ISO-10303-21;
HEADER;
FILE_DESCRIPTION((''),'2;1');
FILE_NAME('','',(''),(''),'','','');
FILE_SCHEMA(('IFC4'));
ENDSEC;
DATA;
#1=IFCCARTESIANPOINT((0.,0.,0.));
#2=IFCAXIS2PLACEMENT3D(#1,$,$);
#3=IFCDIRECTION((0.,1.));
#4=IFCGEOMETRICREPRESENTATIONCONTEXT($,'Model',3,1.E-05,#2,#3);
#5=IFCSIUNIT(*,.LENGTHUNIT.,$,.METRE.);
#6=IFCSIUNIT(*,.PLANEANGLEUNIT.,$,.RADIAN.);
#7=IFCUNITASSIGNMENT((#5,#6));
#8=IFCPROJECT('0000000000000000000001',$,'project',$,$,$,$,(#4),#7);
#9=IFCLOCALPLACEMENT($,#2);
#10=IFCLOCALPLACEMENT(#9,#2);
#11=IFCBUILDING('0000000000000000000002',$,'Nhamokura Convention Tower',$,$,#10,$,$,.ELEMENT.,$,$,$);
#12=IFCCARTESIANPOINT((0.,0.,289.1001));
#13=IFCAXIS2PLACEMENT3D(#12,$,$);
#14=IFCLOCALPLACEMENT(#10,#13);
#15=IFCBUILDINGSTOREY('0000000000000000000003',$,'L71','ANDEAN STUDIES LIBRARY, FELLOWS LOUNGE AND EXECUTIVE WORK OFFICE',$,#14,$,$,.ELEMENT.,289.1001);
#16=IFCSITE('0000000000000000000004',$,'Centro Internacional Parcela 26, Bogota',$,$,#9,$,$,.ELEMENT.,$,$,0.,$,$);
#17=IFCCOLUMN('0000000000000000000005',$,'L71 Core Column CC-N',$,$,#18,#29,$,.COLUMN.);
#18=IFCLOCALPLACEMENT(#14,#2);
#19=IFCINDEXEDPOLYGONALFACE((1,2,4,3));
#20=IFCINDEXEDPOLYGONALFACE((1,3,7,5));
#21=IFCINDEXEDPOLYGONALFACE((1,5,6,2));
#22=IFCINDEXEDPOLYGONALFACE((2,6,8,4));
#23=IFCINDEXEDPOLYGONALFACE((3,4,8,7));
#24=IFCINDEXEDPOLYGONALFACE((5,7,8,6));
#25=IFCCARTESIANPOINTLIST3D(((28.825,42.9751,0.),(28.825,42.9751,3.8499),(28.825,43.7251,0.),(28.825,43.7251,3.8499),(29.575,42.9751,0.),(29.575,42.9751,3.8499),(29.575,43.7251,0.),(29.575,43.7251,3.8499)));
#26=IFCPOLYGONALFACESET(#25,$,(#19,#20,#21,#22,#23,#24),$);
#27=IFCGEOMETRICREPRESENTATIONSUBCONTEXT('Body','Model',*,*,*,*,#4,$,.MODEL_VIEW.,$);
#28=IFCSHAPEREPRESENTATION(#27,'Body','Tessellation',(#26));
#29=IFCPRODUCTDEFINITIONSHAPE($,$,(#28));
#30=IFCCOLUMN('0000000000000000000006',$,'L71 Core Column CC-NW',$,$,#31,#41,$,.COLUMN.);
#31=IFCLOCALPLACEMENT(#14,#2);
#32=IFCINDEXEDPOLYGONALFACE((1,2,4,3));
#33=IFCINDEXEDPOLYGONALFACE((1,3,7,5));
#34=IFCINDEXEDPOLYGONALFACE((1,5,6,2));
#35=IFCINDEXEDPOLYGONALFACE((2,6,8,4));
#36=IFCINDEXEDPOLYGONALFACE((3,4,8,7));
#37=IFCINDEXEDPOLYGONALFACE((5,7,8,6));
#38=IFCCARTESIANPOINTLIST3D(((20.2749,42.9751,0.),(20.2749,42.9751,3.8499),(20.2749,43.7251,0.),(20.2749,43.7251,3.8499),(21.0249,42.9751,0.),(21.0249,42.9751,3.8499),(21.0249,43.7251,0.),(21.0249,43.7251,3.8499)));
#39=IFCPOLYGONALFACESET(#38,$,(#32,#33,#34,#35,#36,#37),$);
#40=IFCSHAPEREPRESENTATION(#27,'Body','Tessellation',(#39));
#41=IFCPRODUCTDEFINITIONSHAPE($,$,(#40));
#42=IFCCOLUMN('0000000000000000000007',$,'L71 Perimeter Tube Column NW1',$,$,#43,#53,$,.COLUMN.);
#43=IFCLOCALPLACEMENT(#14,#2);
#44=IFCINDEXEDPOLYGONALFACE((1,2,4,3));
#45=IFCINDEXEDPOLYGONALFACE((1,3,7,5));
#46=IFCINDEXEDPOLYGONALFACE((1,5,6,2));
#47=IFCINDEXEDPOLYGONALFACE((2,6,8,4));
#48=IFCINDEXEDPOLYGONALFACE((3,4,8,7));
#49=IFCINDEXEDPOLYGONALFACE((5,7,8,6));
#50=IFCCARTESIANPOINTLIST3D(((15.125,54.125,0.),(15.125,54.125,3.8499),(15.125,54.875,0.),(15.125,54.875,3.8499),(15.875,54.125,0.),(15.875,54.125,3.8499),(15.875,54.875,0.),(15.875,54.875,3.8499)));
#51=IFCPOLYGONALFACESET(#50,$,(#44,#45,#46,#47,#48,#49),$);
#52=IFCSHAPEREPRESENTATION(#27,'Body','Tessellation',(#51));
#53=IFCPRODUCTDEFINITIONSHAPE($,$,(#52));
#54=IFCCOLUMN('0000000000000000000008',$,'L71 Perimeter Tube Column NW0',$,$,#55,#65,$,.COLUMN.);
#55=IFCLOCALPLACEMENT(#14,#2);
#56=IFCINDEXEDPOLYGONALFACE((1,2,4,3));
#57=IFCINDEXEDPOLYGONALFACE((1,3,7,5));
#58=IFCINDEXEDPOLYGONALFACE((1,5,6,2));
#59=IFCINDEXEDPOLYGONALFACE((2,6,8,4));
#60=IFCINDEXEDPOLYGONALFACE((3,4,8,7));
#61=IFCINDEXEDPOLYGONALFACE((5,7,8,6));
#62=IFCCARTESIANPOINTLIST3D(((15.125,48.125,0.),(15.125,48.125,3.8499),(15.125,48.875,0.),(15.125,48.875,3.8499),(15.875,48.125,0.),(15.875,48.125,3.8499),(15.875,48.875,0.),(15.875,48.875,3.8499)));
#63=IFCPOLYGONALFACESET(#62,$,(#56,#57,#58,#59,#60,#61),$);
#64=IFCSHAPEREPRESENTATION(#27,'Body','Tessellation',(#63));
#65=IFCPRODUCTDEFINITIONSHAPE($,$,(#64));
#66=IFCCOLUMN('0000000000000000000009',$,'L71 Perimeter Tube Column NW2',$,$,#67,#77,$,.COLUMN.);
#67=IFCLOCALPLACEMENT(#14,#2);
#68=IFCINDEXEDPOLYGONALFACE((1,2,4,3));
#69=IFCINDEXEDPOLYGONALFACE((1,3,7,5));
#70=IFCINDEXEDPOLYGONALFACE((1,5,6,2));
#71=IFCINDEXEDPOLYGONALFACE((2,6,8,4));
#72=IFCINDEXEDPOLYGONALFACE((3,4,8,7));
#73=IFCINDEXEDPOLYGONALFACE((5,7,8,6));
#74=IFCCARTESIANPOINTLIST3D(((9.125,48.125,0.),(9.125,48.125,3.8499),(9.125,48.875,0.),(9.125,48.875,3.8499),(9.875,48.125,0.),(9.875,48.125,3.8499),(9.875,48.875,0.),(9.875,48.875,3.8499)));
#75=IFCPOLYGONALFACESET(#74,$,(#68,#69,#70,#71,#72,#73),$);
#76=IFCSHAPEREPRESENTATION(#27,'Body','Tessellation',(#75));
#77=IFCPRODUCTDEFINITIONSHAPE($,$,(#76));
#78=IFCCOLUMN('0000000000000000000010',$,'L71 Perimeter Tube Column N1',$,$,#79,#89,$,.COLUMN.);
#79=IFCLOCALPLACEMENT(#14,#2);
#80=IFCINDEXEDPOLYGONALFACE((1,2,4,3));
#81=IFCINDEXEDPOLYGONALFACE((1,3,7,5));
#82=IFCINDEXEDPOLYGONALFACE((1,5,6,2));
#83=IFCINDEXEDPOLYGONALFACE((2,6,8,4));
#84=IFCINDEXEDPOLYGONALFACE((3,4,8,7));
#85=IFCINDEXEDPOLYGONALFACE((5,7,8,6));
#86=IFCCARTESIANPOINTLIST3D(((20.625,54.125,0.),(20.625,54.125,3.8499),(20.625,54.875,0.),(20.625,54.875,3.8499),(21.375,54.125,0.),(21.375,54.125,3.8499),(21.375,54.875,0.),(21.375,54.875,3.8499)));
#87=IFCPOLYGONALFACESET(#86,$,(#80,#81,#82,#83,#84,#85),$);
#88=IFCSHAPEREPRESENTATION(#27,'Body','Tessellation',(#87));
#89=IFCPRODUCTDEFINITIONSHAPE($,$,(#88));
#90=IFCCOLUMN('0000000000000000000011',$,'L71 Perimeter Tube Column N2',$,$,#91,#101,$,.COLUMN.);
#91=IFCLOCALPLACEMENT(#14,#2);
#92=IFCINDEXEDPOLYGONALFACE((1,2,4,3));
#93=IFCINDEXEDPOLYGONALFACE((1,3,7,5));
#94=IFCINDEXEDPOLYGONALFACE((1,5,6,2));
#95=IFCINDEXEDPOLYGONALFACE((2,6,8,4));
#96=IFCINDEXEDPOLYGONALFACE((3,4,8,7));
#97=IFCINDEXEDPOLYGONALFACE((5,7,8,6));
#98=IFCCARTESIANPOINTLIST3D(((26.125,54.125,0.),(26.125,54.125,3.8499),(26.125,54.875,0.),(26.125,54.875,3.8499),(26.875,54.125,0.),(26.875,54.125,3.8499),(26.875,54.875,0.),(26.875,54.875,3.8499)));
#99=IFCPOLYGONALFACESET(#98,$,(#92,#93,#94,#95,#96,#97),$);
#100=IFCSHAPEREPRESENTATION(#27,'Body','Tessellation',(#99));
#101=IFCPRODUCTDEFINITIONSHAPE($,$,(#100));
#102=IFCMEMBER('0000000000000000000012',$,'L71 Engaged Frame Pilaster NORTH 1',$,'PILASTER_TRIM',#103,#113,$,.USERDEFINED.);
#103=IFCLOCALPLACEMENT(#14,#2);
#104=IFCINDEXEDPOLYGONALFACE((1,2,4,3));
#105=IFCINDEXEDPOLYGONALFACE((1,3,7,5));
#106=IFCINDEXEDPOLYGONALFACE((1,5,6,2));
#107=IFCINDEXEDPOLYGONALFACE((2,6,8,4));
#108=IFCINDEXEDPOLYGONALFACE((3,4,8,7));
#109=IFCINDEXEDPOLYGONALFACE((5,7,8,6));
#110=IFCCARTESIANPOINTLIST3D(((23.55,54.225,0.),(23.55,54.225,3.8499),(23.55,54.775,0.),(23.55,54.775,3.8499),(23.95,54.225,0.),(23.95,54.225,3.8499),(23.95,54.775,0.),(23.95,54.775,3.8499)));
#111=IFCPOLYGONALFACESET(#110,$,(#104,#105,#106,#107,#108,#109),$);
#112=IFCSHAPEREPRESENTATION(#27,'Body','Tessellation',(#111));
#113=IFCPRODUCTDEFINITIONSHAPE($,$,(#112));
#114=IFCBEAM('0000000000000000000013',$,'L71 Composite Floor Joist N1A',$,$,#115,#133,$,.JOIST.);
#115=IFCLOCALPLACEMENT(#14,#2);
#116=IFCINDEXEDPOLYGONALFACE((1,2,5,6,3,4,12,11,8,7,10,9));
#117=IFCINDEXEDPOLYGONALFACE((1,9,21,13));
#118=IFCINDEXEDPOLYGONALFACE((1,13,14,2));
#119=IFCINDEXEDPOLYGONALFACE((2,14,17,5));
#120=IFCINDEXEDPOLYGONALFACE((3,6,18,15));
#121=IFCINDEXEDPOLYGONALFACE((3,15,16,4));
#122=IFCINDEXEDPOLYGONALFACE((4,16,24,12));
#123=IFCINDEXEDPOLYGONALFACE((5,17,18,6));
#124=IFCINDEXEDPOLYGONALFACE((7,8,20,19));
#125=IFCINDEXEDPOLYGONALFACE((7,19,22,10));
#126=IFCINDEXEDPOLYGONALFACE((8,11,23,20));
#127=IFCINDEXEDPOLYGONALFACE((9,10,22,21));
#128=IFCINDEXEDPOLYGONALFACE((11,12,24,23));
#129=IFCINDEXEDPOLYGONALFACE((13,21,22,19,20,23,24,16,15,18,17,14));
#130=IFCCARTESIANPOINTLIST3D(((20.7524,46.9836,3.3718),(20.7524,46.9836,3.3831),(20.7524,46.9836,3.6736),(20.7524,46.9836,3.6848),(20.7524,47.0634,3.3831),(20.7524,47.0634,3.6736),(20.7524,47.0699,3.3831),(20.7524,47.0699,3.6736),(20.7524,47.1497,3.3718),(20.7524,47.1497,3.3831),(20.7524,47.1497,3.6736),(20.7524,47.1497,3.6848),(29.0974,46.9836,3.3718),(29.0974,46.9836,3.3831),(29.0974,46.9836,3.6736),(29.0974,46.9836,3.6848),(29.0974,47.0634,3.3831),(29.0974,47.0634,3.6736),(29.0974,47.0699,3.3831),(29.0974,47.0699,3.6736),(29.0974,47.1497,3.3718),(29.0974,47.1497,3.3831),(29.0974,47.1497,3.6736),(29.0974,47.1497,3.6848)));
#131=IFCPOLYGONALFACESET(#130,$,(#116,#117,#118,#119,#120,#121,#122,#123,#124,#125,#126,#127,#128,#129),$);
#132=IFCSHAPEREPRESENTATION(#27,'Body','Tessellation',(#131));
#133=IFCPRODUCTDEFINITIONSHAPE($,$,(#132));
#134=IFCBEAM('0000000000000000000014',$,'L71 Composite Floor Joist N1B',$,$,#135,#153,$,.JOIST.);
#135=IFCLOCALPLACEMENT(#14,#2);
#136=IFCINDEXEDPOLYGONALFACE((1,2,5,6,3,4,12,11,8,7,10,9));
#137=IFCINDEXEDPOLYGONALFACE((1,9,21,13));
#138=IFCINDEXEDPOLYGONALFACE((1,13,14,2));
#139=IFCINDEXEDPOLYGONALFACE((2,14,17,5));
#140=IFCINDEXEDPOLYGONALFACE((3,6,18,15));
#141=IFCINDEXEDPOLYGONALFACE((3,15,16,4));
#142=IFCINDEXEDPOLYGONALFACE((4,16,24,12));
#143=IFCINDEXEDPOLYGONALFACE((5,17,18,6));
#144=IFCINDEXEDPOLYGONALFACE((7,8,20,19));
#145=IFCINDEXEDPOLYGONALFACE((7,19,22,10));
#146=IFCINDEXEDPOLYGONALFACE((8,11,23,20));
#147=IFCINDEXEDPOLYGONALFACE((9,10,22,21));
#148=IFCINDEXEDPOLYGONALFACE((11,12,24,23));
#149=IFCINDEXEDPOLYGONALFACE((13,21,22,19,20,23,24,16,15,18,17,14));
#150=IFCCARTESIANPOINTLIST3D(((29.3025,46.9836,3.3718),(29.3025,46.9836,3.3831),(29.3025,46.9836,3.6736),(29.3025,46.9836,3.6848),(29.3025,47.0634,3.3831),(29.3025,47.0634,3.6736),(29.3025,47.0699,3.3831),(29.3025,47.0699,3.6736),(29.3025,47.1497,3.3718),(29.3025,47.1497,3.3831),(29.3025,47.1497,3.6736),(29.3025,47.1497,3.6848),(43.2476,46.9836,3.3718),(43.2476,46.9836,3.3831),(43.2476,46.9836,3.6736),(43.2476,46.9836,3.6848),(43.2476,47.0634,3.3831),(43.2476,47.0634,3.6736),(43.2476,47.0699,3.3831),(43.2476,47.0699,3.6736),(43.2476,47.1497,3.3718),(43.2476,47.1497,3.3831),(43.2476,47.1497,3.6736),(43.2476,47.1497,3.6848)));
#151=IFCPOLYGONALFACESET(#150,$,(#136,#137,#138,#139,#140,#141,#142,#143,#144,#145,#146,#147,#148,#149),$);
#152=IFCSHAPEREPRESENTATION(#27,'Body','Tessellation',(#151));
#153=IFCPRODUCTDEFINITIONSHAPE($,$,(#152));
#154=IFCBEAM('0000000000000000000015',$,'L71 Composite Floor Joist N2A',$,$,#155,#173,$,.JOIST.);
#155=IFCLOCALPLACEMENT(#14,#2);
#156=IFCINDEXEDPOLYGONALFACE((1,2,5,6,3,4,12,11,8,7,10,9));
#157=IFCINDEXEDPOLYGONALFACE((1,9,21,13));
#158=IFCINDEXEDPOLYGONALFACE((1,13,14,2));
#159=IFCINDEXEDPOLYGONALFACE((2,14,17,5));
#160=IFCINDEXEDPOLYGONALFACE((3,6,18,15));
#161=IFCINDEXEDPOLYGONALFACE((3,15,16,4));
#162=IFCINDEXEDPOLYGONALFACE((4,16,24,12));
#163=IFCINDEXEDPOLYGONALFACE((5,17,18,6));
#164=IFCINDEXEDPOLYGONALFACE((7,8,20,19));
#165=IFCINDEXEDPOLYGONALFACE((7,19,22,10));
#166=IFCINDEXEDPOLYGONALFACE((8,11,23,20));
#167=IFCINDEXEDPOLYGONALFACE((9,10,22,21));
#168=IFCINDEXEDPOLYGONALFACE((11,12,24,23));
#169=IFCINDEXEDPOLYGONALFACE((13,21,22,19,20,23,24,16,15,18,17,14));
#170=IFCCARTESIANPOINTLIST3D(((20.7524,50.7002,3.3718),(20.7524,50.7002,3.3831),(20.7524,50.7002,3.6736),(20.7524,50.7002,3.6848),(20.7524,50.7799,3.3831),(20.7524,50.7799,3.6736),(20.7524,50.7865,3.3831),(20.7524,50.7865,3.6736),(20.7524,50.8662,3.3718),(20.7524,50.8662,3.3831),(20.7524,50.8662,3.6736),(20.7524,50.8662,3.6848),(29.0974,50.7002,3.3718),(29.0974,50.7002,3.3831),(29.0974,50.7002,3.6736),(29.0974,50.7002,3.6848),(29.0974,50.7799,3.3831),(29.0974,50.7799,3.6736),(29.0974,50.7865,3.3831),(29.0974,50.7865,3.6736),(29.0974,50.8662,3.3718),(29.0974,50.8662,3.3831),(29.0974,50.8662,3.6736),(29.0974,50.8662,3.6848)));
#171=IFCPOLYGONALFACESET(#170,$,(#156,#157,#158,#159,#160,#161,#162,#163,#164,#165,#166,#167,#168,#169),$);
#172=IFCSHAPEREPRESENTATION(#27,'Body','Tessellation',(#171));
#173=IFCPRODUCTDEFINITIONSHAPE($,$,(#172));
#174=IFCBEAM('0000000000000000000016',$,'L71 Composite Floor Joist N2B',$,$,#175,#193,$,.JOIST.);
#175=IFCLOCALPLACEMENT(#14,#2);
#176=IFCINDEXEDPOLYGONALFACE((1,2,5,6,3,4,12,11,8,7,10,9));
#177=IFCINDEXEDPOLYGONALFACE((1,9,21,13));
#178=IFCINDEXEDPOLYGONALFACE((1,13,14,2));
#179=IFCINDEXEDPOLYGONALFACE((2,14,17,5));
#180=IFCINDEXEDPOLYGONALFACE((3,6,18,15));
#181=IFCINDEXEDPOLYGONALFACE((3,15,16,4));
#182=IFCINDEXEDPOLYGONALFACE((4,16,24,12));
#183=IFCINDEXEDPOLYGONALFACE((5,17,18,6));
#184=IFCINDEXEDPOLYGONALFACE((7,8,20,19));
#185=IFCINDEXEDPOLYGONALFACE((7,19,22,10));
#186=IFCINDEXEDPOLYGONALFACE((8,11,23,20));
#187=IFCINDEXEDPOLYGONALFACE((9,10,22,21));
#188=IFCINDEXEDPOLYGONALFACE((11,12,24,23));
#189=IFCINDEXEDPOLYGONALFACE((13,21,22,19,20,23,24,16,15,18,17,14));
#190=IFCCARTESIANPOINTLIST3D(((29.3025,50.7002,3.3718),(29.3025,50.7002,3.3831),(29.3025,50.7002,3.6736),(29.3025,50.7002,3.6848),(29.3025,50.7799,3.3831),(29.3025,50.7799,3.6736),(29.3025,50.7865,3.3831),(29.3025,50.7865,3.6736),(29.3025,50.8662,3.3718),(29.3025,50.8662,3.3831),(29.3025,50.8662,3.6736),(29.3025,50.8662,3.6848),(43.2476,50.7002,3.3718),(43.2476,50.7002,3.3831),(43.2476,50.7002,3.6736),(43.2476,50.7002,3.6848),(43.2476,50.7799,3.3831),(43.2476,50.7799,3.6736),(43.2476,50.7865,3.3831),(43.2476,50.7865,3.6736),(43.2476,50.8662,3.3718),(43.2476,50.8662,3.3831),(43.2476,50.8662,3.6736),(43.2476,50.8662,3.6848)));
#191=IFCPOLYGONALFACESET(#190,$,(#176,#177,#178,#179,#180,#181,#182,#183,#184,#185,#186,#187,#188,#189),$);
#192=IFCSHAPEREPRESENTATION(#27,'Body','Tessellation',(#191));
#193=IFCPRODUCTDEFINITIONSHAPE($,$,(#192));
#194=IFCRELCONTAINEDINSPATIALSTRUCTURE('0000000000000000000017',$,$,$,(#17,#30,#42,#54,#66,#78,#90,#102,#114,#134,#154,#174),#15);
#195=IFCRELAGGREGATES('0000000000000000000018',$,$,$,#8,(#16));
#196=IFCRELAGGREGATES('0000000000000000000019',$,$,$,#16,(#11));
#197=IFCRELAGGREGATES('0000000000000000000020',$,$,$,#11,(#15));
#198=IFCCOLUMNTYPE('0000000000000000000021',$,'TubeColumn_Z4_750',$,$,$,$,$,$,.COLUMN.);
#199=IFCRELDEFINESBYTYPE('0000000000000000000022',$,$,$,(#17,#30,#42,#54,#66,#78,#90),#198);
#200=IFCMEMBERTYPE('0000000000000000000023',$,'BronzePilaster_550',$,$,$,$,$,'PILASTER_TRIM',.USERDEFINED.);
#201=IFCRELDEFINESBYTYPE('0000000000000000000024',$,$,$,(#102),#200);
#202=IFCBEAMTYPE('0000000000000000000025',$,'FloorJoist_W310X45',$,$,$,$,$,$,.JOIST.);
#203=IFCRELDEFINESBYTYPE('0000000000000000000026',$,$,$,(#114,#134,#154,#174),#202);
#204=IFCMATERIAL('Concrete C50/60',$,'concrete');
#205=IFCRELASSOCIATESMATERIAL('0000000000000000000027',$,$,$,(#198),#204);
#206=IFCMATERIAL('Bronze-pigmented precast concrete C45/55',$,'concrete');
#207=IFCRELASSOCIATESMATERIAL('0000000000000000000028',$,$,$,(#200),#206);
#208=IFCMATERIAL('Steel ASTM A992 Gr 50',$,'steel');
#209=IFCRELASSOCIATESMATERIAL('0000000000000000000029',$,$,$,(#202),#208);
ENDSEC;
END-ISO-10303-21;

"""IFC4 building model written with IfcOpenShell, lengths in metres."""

from ifc_helpers import new_model, si_unit, direction, frame, origin, origin_2d, place, context, subcontext, project, spatial, rectangle, i_section, extrude, material, material_profile, profile_set, type_object, element, save


model = new_model("IFC4")

# Units and contexts
model_context = context("Model", 3, precision=1e-05, world=origin(), true_north=direction((0.0, 1.0)))
body_context = subcontext(model_context, "Body", "Model", "MODEL_VIEW")
ifc_project = project(units=[si_unit("LENGTHUNIT", "METRE"), si_unit("PLANEANGLEUNIT", "RADIAN")], contexts=[model_context])

# Site, building, storey
site_placement = place(None, origin())
site = spatial("IfcSite", under=ifc_project, at=site_placement, Name="Centro Internacional Parcela 26, Bogota", CompositionType="ELEMENT", RefElevation=0.0)
building_placement = place(site_placement, origin())
building = spatial("IfcBuilding", under=site, at=building_placement, Name="Nhamokura Convention Tower", CompositionType="ELEMENT")
storey_placement = place(building_placement, frame((0.0, 0.0, 289.1001)))
storey = spatial("IfcBuildingStorey", under=building, at=storey_placement, Name="L71", Description="ANDEAN STUDIES LIBRARY, FELLOWS LOUNGE AND EXECUTIVE WORK OFFICE", CompositionType="ELEMENT", Elevation=289.1001)

# Columns
ifc_material_1 = material(Name="Concrete C50/60", Category="concrete")
ifc_material_profile_1 = material_profile(ifc_material_1, rectangle(XDim=0.75, YDim=0.75, at=origin_2d()))
ifc_profile_set_1 = profile_set([ifc_material_profile_1], Name="Concrete C50/60")
column_type = type_object("IfcColumnType", Name="TubeColumn_Z4_750", PredefinedType="COLUMN", material=ifc_profile_set_1)
for number, where, z_axis, x_axis, name in (
    (1, (29.2, 43.3501, 0.0), (0.0, 0.0, 1.0), (1.0, 0.0, 0.0), "L71 Core Column CC-N"),
    (2, (20.6499, 43.3501, 0.0), (0.0, 0.0, 1.0), (1.0, 0.0, 0.0), "L71 Core Column CC-NW"),
    (3, (15.5, 54.5, 0.0), (0.0, 0.0, 1.0), (1.0, 0.0, 0.0), "L71 Perimeter Tube Column NW1"),
    (4, (15.5, 48.5, 0.0), (0.0, 0.0, 1.0), (1.0, 0.0, 0.0), "L71 Perimeter Tube Column NW0"),
    (5, (9.5, 48.5, 0.0), (0.0, 0.0, 1.0), (1.0, 0.0, 0.0), "L71 Perimeter Tube Column NW2"),
    (6, (21.0, 54.5, 0.0), (0.0, 0.0, 1.0), (1.0, 0.0, 0.0), "L71 Perimeter Tube Column N1"),
    (7, (26.5, 54.5, 0.0), (0.0, 0.0, 1.0), (1.0, 0.0, 0.0), "L71 Perimeter Tube Column N2"),
):
    element("IfcColumn", number, at=place(storey_placement, frame(where, z_axis=z_axis, x_axis=x_axis)), inside=storey, type_object=column_type, Name=name, PredefinedType="COLUMN", context=body_context, shape_type="SweptSolid", body=[
        extrude(rectangle(XDim=0.75, YDim=0.75, at=origin_2d()), origin(), (0.0, 0.0, 1.0), 3.8499),
    ])

# Member
ifc_material_2 = material(Name="Bronze-pigmented precast concrete C45/55", Category="concrete")
ifc_material_profile_2 = material_profile(ifc_material_2, rectangle(XDim=0.3999, YDim=0.55, at=origin_2d()))
ifc_profile_set_2 = profile_set([ifc_material_profile_2], Name="Bronze-pigmented precast concrete C45/55")
member_type_1 = type_object("IfcMemberType", Name="BronzePilaster_550", ElementType="PILASTER_TRIM", PredefinedType="USERDEFINED", material=ifc_profile_set_2)
member_1_placement = place(storey_placement, frame((23.75, 54.5, 0.0), z_axis=(0.0, 0.0, 1.0), x_axis=(1.0, 0.0, 0.0)))
element("IfcMember", 8, at=member_1_placement, inside=storey, type_object=member_type_1, Name="L71 Engaged Frame Pilaster NORTH 1", ObjectType="PILASTER_TRIM", PredefinedType="USERDEFINED", context=body_context, shape_type="SweptSolid", body=[
    extrude(rectangle(XDim=0.3999, YDim=0.55, at=origin_2d()), origin(), (0.0, 0.0, 1.0), 3.8499),
])

# Beams
ifc_material_3 = material(Name="Steel ASTM A992 Gr 50", Category="steel")
ifc_material_profile_3 = material_profile(ifc_material_3, i_section(OverallWidth=0.166, OverallDepth=0.313, WebThickness=0.0066, FlangeThickness=0.0112, at=origin_2d()))
ifc_profile_set_3 = profile_set([ifc_material_profile_3], Name="Steel ASTM A992 Gr 50")
beam_type_1 = type_object("IfcBeamType", Name="FloorJoist_W310X45", PredefinedType="JOIST", material=ifc_profile_set_3)
beam_1_placement = place(storey_placement, frame((20.7524, 47.0667, 3.5283), z_axis=(1.0, 0.0, 0.0), x_axis=(0.0, 1.0, 0.0)))
element("IfcBeam", 9, at=beam_1_placement, inside=storey, type_object=beam_type_1, Name="L71 Composite Floor Joist N1A", PredefinedType="JOIST", context=body_context, shape_type="SweptSolid", body=[
    extrude(i_section(OverallWidth=0.166, OverallDepth=0.313, WebThickness=0.0066, FlangeThickness=0.0112, at=origin_2d()), origin(), (0.0, 0.0, 1.0), 8.345),
])
beam_2_placement = place(storey_placement, frame((29.3025, 47.0667, 3.5283), z_axis=(1.0, 0.0, 0.0), x_axis=(0.0, 1.0, 0.0)))
element("IfcBeam", 10, at=beam_2_placement, inside=storey, type_object=beam_type_1, Name="L71 Composite Floor Joist N1B", PredefinedType="JOIST", context=body_context, shape_type="SweptSolid", body=[
    extrude(i_section(OverallWidth=0.166, OverallDepth=0.313, WebThickness=0.0066, FlangeThickness=0.0112, at=origin_2d()), origin(), (0.0, 0.0, 1.0), 13.9451),
])
beam_3_placement = place(storey_placement, frame((20.7524, 50.7832, 3.5283), z_axis=(1.0, 0.0, 0.0), x_axis=(0.0, 1.0, 0.0)))
element("IfcBeam", 11, at=beam_3_placement, inside=storey, type_object=beam_type_1, Name="L71 Composite Floor Joist N2A", PredefinedType="JOIST", context=body_context, shape_type="SweptSolid", body=[
    extrude(i_section(OverallWidth=0.166, OverallDepth=0.313, WebThickness=0.0066, FlangeThickness=0.0112, at=origin_2d()), origin(), (0.0, 0.0, 1.0), 8.345),
])
beam_4_placement = place(storey_placement, frame((29.3025, 50.7832, 3.5283), z_axis=(1.0, 0.0, 0.0), x_axis=(0.0, 1.0, 0.0)))
element("IfcBeam", 12, at=beam_4_placement, inside=storey, type_object=beam_type_1, Name="L71 Composite Floor Joist N2B", PredefinedType="JOIST", context=body_context, shape_type="SweptSolid", body=[
    extrude(i_section(OverallWidth=0.166, OverallDepth=0.313, WebThickness=0.0066, FlangeThickness=0.0112, at=origin_2d()), origin(), (0.0, 0.0, 1.0), 13.9451),
])

save(model, "model.ifc")
